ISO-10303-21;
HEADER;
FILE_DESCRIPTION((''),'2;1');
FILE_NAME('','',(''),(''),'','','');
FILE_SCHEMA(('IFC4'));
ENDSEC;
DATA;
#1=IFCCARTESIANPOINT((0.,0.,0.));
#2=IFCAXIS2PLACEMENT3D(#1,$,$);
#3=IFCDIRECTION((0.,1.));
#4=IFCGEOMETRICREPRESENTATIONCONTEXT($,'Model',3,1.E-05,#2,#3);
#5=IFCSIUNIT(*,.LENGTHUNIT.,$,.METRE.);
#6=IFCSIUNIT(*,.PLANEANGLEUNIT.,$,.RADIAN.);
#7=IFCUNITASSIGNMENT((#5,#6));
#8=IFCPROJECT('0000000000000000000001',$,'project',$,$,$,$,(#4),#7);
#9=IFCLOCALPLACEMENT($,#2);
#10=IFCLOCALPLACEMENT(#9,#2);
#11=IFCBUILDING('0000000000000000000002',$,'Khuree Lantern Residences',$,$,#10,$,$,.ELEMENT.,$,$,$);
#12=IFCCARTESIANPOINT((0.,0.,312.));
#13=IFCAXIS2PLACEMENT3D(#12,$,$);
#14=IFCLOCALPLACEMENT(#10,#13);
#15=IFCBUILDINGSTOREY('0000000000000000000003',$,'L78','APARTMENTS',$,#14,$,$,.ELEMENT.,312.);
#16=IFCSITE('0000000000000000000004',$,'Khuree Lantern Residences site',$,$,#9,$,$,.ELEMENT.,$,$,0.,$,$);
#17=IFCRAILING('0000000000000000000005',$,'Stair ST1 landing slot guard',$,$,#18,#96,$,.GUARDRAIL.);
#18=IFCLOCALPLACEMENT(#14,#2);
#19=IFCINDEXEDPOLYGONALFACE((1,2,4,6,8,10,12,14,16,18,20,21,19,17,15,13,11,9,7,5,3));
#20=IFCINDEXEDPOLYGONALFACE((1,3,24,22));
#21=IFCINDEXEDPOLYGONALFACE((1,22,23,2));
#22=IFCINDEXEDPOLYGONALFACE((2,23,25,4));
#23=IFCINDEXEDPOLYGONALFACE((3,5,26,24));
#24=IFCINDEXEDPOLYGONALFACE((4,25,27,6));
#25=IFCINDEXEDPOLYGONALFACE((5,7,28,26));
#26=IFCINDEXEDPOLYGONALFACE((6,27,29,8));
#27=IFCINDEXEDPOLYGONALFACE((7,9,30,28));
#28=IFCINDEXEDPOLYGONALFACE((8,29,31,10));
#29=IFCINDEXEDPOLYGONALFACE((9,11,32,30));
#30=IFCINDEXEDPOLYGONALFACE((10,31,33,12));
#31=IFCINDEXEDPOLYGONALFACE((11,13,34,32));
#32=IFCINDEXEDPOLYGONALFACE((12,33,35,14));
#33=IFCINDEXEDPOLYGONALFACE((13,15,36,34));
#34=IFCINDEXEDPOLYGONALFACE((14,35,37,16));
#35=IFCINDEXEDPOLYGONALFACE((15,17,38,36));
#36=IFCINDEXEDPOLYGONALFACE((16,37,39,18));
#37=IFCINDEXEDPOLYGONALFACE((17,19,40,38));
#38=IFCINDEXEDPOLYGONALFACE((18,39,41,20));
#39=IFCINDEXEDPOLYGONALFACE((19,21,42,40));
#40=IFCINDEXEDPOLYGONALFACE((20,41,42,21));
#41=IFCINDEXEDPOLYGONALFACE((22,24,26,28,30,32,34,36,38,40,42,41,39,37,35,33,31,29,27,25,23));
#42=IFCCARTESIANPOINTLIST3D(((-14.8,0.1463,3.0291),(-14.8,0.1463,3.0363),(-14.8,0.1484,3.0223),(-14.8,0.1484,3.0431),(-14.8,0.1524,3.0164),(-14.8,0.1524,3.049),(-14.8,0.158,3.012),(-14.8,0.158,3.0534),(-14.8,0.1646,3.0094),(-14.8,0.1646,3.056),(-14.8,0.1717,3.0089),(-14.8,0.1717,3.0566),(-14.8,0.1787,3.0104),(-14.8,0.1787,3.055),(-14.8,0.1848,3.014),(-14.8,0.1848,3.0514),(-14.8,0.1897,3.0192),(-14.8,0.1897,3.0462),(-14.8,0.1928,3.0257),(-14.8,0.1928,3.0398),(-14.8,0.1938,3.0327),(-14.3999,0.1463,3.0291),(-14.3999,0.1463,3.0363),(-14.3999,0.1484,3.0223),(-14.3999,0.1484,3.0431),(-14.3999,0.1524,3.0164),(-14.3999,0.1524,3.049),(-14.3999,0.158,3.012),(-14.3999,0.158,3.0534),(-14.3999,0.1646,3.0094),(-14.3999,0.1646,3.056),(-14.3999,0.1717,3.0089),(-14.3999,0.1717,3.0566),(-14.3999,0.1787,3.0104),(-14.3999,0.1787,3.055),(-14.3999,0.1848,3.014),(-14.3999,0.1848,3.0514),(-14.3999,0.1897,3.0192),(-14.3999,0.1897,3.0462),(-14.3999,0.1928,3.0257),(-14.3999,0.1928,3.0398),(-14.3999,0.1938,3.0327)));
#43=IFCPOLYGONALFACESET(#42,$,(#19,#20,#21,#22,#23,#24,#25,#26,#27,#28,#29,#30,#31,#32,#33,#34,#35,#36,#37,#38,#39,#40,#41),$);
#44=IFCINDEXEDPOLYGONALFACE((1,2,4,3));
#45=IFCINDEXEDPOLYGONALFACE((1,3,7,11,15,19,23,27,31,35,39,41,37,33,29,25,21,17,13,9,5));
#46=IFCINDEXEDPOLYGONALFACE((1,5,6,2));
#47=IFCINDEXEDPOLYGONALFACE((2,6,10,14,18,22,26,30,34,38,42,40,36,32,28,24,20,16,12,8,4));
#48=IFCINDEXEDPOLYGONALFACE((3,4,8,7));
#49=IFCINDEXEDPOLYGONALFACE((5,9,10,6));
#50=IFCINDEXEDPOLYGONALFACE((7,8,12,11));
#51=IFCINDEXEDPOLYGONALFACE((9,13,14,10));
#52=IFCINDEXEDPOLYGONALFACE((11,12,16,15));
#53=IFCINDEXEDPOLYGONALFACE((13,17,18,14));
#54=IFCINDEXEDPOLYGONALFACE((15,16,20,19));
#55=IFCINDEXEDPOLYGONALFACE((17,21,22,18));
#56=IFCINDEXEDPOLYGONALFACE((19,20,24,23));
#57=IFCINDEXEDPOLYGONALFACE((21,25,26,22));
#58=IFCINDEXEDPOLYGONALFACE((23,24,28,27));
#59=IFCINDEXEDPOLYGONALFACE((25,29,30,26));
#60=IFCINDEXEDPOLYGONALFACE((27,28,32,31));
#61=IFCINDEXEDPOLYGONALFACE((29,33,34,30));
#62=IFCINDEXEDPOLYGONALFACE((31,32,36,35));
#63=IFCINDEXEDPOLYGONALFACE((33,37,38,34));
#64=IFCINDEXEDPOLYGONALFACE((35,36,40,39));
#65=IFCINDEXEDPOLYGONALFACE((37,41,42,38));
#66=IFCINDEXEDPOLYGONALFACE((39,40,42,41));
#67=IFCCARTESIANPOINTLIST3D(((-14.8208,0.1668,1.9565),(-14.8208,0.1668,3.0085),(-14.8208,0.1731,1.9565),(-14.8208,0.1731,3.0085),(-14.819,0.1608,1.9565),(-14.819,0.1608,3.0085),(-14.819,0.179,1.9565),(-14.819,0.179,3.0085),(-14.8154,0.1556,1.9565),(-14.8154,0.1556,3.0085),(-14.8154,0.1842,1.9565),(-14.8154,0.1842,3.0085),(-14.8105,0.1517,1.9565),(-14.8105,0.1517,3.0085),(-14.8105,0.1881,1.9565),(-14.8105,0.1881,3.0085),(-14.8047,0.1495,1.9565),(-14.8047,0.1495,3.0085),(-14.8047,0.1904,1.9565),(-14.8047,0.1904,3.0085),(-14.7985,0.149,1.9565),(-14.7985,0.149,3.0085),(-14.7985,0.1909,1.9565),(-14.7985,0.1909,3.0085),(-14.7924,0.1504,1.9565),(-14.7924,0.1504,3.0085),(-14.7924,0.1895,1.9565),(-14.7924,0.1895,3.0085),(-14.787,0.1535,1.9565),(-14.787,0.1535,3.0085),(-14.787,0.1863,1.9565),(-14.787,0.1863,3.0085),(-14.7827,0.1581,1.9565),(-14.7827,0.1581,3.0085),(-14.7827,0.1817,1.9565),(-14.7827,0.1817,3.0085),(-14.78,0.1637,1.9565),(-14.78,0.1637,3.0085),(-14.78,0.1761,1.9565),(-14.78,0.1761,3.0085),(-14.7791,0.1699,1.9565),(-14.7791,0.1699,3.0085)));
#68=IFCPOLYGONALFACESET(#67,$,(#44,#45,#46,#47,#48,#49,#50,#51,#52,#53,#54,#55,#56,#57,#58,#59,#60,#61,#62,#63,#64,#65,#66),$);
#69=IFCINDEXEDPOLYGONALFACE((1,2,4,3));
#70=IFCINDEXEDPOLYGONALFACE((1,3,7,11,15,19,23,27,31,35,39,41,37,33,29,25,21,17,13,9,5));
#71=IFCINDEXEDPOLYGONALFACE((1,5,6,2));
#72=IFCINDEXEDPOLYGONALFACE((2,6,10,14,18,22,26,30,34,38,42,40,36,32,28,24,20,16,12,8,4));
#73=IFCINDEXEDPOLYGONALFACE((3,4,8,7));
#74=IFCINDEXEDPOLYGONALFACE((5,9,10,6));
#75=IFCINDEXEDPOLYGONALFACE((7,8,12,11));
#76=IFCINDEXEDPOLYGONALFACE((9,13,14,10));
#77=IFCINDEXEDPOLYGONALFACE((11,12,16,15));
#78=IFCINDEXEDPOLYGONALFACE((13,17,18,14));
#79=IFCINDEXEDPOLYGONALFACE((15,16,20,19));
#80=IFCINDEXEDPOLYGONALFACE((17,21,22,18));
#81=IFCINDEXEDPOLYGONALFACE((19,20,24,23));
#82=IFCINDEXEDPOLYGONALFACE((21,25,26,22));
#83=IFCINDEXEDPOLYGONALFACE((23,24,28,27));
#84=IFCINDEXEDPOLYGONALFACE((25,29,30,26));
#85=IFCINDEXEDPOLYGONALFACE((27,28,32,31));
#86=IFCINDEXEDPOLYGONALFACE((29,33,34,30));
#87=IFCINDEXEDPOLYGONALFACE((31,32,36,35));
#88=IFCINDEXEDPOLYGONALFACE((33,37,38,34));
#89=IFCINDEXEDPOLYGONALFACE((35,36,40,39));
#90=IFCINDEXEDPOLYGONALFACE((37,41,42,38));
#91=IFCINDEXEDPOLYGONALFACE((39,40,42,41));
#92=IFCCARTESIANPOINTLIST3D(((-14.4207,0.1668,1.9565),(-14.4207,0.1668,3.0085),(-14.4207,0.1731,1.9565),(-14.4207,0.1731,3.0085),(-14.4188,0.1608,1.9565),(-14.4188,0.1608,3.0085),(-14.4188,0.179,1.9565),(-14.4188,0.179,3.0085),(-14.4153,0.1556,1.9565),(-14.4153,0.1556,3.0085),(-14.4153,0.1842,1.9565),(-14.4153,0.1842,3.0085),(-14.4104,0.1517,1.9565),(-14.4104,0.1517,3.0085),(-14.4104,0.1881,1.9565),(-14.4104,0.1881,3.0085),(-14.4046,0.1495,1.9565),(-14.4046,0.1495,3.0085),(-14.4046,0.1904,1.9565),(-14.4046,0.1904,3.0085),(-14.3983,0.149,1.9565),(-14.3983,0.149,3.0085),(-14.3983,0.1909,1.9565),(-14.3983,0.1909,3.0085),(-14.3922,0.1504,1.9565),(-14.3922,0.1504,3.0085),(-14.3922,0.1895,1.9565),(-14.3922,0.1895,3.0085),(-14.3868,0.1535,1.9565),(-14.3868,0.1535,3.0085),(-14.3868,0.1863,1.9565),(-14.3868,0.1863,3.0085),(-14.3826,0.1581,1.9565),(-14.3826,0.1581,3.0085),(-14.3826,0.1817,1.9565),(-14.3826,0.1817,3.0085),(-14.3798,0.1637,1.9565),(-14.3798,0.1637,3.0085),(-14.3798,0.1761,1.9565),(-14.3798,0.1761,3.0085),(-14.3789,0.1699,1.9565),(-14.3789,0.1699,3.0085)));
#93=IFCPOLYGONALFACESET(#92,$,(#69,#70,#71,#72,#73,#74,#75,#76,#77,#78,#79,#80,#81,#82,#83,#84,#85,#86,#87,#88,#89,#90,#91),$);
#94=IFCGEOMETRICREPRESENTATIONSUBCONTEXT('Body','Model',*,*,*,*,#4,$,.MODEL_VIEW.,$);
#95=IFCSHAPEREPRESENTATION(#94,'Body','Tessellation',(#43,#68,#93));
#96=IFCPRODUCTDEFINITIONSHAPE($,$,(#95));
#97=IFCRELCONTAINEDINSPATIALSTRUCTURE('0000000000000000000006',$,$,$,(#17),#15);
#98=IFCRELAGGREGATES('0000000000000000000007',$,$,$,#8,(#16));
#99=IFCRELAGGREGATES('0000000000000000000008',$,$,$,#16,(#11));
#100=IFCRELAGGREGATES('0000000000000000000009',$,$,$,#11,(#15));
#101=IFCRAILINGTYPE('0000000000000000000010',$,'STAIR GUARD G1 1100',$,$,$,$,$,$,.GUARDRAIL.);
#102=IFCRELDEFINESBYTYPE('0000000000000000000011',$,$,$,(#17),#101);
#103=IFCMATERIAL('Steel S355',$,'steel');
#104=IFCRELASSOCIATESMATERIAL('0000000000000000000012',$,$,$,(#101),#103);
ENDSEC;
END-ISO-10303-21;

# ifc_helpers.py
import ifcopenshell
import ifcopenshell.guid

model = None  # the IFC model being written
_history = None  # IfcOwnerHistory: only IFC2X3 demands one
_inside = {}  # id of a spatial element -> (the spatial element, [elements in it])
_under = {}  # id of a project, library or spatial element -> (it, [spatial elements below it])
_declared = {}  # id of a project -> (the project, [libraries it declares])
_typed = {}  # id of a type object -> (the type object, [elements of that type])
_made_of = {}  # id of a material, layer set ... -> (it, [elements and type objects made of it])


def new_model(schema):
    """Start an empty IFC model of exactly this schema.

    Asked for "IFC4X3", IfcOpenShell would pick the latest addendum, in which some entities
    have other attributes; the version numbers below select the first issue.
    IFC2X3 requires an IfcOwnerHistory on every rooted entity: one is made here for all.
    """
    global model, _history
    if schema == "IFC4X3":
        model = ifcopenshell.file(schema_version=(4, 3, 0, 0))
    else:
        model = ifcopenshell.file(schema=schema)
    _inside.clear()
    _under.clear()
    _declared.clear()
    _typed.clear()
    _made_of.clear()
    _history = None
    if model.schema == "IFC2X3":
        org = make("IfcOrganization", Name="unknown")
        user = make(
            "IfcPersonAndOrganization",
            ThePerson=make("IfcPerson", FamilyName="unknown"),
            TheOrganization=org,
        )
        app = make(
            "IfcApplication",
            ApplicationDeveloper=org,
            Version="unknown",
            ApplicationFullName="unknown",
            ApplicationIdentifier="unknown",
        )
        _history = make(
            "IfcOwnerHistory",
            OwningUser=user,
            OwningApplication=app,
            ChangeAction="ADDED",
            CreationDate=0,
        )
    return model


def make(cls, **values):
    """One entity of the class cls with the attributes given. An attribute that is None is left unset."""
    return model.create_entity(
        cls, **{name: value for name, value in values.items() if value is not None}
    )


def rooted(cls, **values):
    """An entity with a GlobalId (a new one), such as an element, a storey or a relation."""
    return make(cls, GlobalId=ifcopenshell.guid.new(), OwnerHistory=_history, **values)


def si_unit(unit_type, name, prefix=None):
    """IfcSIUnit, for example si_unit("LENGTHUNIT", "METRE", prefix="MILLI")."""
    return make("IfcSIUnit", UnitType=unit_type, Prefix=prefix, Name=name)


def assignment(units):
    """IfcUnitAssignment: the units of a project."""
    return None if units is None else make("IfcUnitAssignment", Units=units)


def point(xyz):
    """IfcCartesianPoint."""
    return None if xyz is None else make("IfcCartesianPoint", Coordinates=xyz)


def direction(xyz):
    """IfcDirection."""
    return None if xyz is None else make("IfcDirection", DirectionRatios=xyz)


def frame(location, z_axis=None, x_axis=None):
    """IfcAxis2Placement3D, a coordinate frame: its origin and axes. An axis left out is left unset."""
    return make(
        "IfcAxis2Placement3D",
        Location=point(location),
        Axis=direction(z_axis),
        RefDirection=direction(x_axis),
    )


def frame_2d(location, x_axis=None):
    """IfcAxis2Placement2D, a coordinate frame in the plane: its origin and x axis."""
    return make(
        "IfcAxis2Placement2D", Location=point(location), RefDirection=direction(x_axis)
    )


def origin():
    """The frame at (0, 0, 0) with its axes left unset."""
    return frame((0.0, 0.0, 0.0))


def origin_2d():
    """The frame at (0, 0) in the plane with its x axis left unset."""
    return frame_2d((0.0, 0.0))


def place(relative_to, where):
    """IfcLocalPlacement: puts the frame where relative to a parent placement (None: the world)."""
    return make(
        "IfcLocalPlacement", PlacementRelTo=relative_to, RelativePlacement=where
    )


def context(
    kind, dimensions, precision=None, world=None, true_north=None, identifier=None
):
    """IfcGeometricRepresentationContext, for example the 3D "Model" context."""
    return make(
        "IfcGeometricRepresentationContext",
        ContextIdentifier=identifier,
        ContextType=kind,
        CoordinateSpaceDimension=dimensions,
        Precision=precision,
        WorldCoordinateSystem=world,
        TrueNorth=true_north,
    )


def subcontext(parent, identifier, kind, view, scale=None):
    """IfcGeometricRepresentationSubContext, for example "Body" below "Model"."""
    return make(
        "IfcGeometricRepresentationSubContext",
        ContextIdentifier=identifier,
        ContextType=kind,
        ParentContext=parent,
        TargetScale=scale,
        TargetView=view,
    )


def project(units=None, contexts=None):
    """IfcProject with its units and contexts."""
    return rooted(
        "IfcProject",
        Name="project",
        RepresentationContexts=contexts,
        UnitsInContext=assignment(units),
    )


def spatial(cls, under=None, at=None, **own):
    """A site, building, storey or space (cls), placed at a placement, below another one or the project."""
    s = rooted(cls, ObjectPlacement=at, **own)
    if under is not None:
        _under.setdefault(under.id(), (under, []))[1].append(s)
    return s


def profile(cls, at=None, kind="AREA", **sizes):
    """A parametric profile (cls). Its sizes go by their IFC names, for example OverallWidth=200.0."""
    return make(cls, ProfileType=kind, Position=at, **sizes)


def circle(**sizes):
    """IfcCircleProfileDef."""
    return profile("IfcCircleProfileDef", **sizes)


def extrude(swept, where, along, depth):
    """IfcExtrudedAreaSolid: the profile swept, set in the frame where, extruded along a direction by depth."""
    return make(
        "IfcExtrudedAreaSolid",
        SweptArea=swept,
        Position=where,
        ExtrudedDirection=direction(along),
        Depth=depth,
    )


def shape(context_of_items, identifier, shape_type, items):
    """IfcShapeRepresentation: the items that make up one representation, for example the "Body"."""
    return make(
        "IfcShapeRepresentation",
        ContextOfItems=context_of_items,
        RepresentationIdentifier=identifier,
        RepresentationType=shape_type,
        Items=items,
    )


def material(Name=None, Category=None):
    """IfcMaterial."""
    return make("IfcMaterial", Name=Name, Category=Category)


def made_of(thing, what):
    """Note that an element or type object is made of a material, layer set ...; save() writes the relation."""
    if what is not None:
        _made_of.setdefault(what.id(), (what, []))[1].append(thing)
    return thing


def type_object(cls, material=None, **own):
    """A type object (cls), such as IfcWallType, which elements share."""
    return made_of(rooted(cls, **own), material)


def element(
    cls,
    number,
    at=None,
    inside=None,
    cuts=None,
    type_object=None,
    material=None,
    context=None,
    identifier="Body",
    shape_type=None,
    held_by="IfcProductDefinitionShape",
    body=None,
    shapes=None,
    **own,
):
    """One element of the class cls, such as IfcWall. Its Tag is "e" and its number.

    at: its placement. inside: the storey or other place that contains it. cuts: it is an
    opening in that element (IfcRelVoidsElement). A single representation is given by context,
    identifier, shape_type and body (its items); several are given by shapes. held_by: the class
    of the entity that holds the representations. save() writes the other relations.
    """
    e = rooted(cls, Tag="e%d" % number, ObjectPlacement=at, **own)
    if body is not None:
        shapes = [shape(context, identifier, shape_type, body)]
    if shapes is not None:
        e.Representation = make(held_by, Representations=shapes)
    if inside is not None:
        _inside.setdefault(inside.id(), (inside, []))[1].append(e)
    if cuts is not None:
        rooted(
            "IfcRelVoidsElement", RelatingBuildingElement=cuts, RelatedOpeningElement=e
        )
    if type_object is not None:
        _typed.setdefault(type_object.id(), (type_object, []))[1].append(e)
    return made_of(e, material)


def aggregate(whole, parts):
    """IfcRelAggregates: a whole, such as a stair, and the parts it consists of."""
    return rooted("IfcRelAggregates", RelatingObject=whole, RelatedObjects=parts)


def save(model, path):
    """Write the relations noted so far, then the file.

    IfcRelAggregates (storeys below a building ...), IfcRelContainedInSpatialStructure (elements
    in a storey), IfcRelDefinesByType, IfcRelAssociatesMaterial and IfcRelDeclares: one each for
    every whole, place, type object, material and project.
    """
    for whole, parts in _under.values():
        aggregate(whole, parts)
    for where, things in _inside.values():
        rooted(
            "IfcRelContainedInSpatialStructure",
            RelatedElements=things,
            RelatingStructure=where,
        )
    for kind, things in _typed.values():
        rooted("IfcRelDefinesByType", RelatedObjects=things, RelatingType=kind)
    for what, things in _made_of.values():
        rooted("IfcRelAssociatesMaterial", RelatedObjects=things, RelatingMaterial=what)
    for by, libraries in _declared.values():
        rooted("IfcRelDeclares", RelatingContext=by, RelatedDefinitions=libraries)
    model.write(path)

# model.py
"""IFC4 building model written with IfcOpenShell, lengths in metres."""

from ifc_helpers import new_model, si_unit, direction, frame, origin, origin_2d, place, context, subcontext, project, spatial, circle, extrude, material, type_object, element, save


model = new_model("IFC4")

# Units and contexts
model_context = context("Model", 3, precision=1e-05, world=origin(), true_north=direction((0.0, 1.0)))
body_context = subcontext(model_context, "Body", "Model", "MODEL_VIEW")
ifc_project = project(units=[si_unit("LENGTHUNIT", "METRE"), si_unit("PLANEANGLEUNIT", "RADIAN")], contexts=[model_context])

# Site, building, storey
site_placement = place(None, origin())
site = spatial("IfcSite", under=ifc_project, at=site_placement, Name="Khuree Lantern Residences site", CompositionType="ELEMENT", RefElevation=0.0)
building_placement = place(site_placement, origin())
building = spatial("IfcBuilding", under=site, at=building_placement, Name="Khuree Lantern Residences", CompositionType="ELEMENT")
storey_placement = place(building_placement, frame((0.0, 0.0, 312.0)))
storey = spatial("IfcBuildingStorey", under=building, at=storey_placement, Name="L78", Description="APARTMENTS", CompositionType="ELEMENT", Elevation=312.0)

# Railing
ifc_material_1 = material(Name="Steel S355", Category="steel")
railing_type = type_object("IfcRailingType", Name="STAIR GUARD G1 1100", PredefinedType="GUARDRAIL", material=ifc_material_1)
for number, where, name in (
    (1, (-14.8, 0.1699, 1.9565), "Stair ST1 landing slot guard"),
):
    element("IfcRailing", number, at=place(storey_placement, frame(where)), inside=storey, type_object=railing_type, Name=name, PredefinedType="GUARDRAIL", context=body_context, shape_type="SweptSolid", body=[
        extrude(circle(Radius=0.0239, at=origin_2d()), frame((0.0, 0.0, 1.0762), z_axis=(1.0, 0.0, 0.0), x_axis=(0.0, 1.0, 0.0)), (0.0, 0.0, 1.0), 0.4001),
        extrude(circle(Radius=0.021, at=origin_2d()), origin(), (0.0, 0.0, 1.0), 1.052),
        extrude(circle(Radius=0.021, at=origin_2d()), frame((0.4001, 0.0, 0.0)), (0.0, 0.0, 1.0), 1.052),
    ])

save(model, "model.ifc")
